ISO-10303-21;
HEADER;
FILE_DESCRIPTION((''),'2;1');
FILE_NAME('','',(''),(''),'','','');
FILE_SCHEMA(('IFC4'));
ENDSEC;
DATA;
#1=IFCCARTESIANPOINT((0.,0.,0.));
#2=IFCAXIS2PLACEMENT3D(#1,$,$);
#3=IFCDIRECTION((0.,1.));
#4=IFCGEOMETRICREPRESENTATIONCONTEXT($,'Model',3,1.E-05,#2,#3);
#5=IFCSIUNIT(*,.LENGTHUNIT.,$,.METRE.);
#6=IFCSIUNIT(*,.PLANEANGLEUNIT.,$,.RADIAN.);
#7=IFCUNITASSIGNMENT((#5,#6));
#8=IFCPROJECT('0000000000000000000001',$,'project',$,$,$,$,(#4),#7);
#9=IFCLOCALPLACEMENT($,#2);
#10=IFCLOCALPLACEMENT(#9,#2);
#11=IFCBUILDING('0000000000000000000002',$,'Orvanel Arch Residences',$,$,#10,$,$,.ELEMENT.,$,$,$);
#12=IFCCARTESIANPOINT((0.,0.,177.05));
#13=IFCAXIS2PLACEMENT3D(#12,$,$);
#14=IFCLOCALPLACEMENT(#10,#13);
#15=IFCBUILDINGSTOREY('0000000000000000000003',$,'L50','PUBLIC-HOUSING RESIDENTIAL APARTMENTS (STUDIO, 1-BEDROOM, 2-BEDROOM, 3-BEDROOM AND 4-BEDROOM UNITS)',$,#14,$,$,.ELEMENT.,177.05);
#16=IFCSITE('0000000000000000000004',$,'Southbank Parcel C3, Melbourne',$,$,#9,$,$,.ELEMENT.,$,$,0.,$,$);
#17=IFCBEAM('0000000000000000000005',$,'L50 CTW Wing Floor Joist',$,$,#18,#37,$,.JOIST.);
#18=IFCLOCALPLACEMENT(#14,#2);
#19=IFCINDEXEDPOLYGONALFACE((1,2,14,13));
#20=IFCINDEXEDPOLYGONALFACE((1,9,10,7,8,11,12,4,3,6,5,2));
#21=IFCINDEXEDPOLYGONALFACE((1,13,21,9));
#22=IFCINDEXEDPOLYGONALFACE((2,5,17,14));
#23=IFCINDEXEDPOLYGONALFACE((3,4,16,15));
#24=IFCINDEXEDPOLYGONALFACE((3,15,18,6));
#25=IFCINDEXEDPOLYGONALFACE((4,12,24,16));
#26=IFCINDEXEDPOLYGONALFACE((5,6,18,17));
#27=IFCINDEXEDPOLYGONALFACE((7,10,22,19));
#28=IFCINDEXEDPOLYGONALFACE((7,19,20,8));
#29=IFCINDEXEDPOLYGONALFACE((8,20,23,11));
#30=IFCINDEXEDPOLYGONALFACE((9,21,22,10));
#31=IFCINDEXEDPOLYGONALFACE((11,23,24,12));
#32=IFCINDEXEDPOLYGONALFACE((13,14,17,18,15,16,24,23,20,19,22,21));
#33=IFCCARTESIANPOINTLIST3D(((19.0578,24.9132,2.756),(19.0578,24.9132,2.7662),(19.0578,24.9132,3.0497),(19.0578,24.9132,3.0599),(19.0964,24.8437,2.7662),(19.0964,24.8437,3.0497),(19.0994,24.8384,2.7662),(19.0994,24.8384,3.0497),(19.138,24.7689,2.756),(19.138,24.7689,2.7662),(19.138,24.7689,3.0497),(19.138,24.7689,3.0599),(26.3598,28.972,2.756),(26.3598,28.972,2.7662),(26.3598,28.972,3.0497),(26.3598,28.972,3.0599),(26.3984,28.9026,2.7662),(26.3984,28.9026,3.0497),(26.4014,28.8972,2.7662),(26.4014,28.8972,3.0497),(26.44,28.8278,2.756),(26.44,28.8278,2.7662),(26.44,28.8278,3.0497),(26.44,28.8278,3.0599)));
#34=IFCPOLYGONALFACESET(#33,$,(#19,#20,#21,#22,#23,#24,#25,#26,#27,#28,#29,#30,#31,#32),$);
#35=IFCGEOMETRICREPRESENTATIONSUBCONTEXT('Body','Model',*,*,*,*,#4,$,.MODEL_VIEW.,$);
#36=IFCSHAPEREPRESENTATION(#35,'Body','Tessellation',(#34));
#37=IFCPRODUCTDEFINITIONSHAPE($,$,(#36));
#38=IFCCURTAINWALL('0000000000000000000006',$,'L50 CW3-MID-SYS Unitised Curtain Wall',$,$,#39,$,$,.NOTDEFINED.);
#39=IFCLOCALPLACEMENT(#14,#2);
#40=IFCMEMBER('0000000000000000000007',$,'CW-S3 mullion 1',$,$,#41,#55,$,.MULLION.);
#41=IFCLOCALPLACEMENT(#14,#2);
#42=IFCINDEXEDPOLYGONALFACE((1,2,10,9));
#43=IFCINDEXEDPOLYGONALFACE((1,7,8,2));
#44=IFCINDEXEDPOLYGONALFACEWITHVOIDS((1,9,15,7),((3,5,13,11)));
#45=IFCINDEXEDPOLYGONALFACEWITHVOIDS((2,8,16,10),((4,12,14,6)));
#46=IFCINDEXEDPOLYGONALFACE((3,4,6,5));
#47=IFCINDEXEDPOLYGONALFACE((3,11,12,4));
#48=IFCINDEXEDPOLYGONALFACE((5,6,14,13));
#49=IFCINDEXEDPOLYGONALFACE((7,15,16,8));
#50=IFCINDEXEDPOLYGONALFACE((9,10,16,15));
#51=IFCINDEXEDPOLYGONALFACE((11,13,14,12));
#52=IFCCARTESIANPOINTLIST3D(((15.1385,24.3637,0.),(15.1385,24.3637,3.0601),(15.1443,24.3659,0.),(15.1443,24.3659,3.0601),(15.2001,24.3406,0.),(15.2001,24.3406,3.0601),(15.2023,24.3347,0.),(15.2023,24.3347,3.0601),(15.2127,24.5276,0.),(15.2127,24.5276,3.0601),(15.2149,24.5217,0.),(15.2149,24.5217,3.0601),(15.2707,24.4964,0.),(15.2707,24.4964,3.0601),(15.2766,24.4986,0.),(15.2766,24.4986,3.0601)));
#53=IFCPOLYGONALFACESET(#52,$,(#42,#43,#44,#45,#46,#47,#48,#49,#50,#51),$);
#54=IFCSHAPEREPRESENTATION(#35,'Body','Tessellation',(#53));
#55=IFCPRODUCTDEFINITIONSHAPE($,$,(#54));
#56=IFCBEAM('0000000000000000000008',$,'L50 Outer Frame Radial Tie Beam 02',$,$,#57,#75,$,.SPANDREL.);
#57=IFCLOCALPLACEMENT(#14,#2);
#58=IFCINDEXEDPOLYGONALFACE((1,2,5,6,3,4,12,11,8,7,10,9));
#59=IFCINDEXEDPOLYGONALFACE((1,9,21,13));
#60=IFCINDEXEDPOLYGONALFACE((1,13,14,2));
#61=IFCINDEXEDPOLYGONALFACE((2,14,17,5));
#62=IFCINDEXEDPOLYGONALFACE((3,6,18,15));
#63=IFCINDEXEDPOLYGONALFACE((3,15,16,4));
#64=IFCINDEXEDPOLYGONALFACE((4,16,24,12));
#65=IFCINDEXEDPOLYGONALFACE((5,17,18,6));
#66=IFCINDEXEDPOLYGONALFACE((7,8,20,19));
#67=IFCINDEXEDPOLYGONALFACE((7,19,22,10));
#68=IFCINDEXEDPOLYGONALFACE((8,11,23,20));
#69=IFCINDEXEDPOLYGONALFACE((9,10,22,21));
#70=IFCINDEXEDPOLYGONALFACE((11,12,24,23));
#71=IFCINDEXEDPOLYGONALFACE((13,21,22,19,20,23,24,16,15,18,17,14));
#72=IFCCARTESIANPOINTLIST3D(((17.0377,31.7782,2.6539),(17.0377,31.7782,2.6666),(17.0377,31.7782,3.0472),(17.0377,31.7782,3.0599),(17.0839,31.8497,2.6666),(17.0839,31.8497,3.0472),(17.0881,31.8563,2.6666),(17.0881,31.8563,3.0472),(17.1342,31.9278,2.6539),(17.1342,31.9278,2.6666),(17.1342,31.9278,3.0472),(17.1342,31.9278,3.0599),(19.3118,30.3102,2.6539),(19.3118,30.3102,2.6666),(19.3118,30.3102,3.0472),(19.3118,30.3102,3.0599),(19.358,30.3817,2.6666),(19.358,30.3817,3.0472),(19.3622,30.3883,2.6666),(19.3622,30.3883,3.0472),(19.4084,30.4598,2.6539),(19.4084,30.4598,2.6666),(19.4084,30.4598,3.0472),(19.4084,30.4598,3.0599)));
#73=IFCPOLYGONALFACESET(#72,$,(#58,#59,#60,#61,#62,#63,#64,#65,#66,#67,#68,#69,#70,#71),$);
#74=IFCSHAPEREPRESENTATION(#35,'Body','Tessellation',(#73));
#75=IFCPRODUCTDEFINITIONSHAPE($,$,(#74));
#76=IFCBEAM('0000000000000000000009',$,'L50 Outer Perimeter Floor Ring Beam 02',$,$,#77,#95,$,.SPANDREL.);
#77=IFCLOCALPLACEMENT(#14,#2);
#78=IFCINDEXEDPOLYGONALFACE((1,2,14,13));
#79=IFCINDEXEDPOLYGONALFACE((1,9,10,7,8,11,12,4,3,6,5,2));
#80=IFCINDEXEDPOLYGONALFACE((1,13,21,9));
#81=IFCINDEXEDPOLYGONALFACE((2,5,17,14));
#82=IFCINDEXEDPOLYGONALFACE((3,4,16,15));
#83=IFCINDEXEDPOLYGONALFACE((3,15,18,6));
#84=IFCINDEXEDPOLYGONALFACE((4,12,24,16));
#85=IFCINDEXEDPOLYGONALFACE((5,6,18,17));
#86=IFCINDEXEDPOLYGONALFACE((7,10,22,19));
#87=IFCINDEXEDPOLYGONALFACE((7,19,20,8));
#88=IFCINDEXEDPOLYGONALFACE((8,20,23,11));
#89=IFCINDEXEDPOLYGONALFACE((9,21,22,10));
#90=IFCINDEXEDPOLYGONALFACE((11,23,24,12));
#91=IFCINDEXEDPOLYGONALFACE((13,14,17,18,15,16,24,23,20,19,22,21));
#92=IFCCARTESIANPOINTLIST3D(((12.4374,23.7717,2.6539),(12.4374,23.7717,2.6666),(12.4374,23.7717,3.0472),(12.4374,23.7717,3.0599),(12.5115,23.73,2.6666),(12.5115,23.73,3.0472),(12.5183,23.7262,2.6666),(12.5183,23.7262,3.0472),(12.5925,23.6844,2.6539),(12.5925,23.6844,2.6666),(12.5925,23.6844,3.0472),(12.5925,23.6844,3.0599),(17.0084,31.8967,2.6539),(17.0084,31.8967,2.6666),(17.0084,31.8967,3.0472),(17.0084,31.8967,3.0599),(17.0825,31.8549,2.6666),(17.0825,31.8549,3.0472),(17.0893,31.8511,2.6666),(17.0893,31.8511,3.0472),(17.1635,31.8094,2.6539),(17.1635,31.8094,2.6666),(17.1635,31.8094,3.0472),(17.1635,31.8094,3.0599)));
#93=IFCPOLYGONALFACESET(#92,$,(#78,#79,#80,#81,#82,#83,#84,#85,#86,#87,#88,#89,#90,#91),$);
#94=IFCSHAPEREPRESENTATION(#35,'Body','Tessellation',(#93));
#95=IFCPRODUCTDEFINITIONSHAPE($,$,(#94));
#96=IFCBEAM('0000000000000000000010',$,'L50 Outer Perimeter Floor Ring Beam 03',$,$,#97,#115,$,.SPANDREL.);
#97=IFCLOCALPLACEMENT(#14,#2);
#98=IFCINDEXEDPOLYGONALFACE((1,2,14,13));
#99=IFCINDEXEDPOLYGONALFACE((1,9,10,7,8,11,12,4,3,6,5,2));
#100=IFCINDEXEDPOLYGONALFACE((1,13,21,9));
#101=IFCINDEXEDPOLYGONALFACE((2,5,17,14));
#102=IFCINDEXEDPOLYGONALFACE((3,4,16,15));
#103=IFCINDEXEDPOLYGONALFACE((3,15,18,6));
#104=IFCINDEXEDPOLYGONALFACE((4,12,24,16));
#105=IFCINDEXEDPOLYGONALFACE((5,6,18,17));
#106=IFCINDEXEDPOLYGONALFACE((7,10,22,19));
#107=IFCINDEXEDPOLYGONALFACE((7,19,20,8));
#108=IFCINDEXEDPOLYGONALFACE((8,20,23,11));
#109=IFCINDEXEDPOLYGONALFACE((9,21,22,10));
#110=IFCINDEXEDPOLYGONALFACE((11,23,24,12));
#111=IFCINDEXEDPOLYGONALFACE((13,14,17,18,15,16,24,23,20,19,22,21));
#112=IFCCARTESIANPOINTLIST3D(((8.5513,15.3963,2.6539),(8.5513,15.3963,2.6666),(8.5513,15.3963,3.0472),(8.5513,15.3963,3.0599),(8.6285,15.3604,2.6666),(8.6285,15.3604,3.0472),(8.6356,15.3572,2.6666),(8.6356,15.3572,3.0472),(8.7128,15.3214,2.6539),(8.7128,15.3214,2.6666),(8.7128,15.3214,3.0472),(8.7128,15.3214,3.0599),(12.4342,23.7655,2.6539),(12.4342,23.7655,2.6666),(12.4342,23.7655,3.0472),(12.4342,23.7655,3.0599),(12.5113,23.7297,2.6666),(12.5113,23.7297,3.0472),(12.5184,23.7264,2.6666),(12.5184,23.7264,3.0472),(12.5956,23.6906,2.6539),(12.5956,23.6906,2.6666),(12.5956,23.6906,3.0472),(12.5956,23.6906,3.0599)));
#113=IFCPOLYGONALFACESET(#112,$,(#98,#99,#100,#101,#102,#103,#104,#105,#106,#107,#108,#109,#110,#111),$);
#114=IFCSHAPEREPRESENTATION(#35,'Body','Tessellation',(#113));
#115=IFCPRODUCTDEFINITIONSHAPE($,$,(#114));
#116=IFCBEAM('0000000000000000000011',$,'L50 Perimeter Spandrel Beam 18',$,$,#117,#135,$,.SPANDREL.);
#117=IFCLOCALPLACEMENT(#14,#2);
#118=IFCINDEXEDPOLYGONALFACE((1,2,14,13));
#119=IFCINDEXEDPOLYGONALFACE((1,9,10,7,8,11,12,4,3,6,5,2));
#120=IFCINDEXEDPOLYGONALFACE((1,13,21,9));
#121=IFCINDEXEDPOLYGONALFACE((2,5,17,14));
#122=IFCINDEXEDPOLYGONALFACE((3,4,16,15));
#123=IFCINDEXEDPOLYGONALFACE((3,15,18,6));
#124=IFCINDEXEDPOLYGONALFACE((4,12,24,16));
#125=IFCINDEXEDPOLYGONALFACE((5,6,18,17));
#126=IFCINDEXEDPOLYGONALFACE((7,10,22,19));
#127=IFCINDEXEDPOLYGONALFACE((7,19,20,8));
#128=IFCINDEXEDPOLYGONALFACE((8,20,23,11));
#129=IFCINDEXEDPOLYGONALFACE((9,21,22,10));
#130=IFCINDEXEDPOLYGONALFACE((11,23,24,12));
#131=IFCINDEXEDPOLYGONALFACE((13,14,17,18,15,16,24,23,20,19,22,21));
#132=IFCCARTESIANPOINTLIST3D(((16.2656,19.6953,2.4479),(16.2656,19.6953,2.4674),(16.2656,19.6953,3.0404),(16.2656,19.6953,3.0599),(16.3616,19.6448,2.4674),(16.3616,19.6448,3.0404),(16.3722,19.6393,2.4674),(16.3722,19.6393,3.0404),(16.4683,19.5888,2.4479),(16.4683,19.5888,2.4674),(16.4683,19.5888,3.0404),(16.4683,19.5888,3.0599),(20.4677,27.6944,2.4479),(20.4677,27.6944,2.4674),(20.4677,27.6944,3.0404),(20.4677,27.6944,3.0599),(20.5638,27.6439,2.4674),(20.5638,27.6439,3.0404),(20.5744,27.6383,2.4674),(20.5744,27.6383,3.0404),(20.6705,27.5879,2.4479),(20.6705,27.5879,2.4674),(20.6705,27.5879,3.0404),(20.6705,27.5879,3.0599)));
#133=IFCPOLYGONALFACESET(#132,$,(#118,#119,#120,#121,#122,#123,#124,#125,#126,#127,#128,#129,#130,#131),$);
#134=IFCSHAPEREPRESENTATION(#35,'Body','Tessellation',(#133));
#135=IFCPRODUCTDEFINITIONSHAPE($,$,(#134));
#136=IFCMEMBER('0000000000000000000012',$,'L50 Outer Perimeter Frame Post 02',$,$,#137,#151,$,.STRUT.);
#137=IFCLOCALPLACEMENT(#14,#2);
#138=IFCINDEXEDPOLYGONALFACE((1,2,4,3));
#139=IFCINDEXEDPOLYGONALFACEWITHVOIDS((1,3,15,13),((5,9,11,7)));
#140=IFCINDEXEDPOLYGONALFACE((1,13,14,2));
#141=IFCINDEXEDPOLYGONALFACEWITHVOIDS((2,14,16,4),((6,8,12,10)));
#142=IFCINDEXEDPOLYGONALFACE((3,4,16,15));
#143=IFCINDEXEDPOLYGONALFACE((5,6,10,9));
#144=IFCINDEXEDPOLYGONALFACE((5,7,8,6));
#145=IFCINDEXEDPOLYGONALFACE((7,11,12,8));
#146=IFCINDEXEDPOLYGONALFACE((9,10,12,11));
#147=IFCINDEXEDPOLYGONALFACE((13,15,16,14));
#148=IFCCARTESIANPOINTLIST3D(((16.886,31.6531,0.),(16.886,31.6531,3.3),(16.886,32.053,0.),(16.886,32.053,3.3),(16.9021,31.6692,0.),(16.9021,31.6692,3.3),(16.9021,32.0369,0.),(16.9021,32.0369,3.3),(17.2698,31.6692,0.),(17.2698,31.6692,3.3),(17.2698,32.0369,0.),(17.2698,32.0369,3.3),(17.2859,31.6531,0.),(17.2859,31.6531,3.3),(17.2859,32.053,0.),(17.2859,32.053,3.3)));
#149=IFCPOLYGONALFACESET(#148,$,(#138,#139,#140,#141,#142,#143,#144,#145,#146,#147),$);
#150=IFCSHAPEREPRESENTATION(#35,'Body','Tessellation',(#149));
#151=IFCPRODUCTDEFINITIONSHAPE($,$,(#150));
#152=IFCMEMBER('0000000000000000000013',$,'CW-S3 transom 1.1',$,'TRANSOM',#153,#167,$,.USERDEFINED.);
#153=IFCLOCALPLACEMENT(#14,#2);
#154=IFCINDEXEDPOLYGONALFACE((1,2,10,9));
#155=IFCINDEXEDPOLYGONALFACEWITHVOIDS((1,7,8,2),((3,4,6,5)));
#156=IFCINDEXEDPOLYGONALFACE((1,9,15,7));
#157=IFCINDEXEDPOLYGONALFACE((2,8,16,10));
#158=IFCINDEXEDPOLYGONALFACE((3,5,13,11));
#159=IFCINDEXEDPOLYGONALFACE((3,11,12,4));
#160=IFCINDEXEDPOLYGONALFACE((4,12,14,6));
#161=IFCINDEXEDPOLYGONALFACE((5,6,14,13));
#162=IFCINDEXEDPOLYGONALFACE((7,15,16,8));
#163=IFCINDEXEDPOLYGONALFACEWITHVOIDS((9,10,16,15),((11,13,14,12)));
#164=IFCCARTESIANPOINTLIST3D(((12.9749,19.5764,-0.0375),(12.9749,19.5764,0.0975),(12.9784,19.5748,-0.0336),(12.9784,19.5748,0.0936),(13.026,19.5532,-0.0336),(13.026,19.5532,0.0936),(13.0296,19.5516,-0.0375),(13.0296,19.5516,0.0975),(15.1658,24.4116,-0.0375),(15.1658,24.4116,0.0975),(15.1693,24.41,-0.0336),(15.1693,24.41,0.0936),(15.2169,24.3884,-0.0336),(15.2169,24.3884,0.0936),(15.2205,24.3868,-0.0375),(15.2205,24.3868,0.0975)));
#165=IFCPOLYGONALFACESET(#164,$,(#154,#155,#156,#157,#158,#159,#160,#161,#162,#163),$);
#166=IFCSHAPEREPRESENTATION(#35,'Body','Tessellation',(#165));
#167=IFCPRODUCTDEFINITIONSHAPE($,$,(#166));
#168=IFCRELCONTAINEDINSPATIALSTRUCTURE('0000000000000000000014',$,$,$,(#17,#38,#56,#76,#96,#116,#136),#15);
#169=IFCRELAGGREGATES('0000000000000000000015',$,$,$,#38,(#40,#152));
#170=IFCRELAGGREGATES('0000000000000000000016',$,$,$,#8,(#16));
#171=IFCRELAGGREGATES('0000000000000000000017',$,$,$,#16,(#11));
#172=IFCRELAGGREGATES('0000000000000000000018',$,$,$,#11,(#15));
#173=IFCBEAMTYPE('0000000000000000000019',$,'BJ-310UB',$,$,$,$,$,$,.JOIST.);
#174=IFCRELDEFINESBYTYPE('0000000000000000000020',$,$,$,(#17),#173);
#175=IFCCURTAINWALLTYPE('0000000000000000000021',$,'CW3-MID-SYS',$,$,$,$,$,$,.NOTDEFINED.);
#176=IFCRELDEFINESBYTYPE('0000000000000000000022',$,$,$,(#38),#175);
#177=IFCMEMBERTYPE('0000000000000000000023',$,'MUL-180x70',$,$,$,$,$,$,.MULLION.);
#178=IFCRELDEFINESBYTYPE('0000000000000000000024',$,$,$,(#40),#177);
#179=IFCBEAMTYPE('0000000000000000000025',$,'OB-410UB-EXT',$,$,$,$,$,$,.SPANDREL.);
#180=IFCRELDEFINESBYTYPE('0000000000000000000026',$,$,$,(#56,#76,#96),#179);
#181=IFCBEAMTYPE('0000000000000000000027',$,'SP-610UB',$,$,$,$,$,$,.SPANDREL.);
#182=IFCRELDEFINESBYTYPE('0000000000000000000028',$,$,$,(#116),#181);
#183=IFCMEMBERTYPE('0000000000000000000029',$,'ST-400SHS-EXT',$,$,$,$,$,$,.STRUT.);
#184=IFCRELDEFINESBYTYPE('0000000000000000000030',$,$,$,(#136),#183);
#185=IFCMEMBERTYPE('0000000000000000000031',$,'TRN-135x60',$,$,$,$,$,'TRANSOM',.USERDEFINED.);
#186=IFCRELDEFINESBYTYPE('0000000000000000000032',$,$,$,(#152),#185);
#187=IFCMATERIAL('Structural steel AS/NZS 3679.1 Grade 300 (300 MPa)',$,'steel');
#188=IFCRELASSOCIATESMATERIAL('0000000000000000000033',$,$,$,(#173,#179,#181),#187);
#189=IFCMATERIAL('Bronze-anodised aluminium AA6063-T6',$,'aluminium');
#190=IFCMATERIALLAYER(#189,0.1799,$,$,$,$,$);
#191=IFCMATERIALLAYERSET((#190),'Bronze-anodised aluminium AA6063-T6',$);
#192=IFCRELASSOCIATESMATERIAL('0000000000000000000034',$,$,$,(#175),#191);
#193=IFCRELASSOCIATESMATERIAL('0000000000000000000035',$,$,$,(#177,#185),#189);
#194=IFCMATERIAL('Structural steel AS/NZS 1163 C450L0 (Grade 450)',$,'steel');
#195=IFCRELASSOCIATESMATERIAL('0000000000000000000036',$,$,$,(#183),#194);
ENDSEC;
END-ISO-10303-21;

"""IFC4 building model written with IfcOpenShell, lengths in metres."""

from ifc_helpers import new_model, si_unit, direction, frame, origin, origin_2d, place, context, subcontext, project, spatial, hollow_rectangle, i_section, extrude, material, layer, layer_set, material_profile, profile_set, type_object, element, aggregate, save


model = new_model("IFC4")

# Units and contexts
model_context = context("Model", 3, precision=1e-05, world=origin(), true_north=direction((0.0, 1.0)))
body_context = subcontext(model_context, "Body", "Model", "MODEL_VIEW")
ifc_project = project(units=[si_unit("LENGTHUNIT", "METRE"), si_unit("PLANEANGLEUNIT", "RADIAN")], contexts=[model_context])

# Site, building, storey
site_placement = place(None, origin())
site = spatial("IfcSite", under=ifc_project, at=site_placement, Name="Southbank Parcel C3, Melbourne", CompositionType="ELEMENT", RefElevation=0.0)
building_placement = place(site_placement, origin())
building = spatial("IfcBuilding", under=site, at=building_placement, Name="Orvanel Arch Residences", CompositionType="ELEMENT")
storey_placement = place(building_placement, frame((0.0, 0.0, 177.05)))
storey = spatial("IfcBuildingStorey", under=building, at=storey_placement, Name="L50", Description="PUBLIC-HOUSING RESIDENTIAL APARTMENTS (STUDIO, 1-BEDROOM, 2-BEDROOM, 3-BEDROOM AND 4-BEDROOM UNITS)", CompositionType="ELEMENT", Elevation=177.05)

# Shared definitions
ifc_material_1 = material(Name="Structural steel AS/NZS 1163 C450L0 (Grade 450)", Category="steel")

# Beam
ifc_material_2 = material(Name="Structural steel AS/NZS 3679.1 Grade 300 (300 MPa)", Category="steel")
ifc_material_profile_1 = material_profile(ifc_material_2, i_section(OverallWidth=0.165, OverallDepth=0.304, WebThickness=0.0061, FlangeThickness=0.0103, at=origin_2d()), Name="310UB40.4")
ifc_profile_set_1 = profile_set([ifc_material_profile_1], Name="Structural steel AS/NZS 3679.1 Grade 300 (300 MPa)")
beam_type_1 = type_object("IfcBeamType", Name="BJ-310UB", PredefinedType="JOIST", material=ifc_profile_set_1)
beam_1_placement = place(storey_placement, frame((26.3999, 28.8999, 2.908), z_axis=(-0.874047, -0.485841, 0.0), x_axis=(0.485841, -0.874047, 0.0)))
element("IfcBeam", 1, at=beam_1_placement, inside=storey, type_object=beam_type_1, Name="L50 CTW Wing Floor Joist", PredefinedType="JOIST", context=body_context, shape_type="SweptSolid", body=[
    extrude(i_section(OverallWidth=0.165, OverallDepth=0.304, WebThickness=0.0061, FlangeThickness=0.0103, at=origin_2d()), origin(), (0.0, 0.0, 1.0), 8.3542),
])

# Curtain wall, member
ifc_material_3 = material(Name="Bronze-anodised aluminium AA6063-T6", Category="aluminium")
ifc_layer_1 = layer(ifc_material_3, 0.1799)
ifc_layer_set_1 = layer_set([ifc_layer_1], Name="Bronze-anodised aluminium AA6063-T6")
curtain_wall_type = type_object("IfcCurtainWallType", Name="CW3-MID-SYS", PredefinedType="NOTDEFINED", material=ifc_layer_set_1)
curtain_wall_placement = place(storey_placement, origin())
curtain_wall = element("IfcCurtainWall", 2, at=curtain_wall_placement, inside=storey, type_object=curtain_wall_type, Name="L50 CW3-MID-SYS Unitised Curtain Wall", PredefinedType="NOTDEFINED")
ifc_material_profile_2 = material_profile(ifc_material_3, hollow_rectangle(XDim=0.0701, YDim=0.1799, WallThickness=0.0044, at=origin_2d()), Name="ALU180x70x4.5")
ifc_profile_set_2 = profile_set([ifc_material_profile_2], Name="Bronze-anodised aluminium AA6063-T6")
member_type_1 = type_object("IfcMemberType", Name="MUL-180x70", PredefinedType="MULLION", material=ifc_profile_set_2)
member_1_placement = place(storey_placement, frame((15.2075, 24.4312, 0.0), z_axis=(0.0, 0.0, 1.0), x_axis=(0.910855, -0.412726, 0.0)))
member_1 = element("IfcMember", 3, at=member_1_placement, type_object=member_type_1, Name="CW-S3 mullion 1", PredefinedType="MULLION", context=body_context, shape_type="SweptSolid", body=[
    extrude(hollow_rectangle(XDim=0.0701, YDim=0.1799, WallThickness=0.0044, at=origin_2d()), origin(), (0.0, 0.0, 1.0), 3.0601),
])

# Beams
ifc_material_profile_3 = material_profile(ifc_material_2, i_section(OverallWidth=0.178, OverallDepth=0.406, WebThickness=0.0078, FlangeThickness=0.0127, at=origin_2d()), Name="410UB59.7")
ifc_profile_set_3 = profile_set([ifc_material_profile_3], Name="Structural steel AS/NZS 3679.1 Grade 300 (300 MPa)")
beam_type_2 = type_object("IfcBeamType", Name="OB-410UB-EXT", PredefinedType="SPANDREL", material=ifc_profile_set_3)
beam_2_placement = place(storey_placement, frame((19.3601, 30.385, 2.8569), z_axis=(-0.84016, 0.542338, 0.0), x_axis=(-0.542338, -0.84016, 0.0)))
element("IfcBeam", 4, at=beam_2_placement, inside=storey, type_object=beam_type_2, Name="L50 Outer Frame Radial Tie Beam 02", PredefinedType="SPANDREL", context=body_context, shape_type="SweptSolid", body=[
    extrude(i_section(OverallWidth=0.178, OverallDepth=0.406, WebThickness=0.0078, FlangeThickness=0.0127, at=origin_2d()), origin(), (0.0, 0.0, 1.0), 2.7068),
])
beam_3_placement = place(storey_placement, frame((17.0859, 31.853, 2.8569), z_axis=(-0.490321, -0.871542, 0.0), x_axis=(0.871542, -0.490321, 0.0)))
element("IfcBeam", 5, at=beam_3_placement, inside=storey, type_object=beam_type_2, Name="L50 Outer Perimeter Floor Ring Beam 02", PredefinedType="SPANDREL", context=body_context, shape_type="SweptSolid", body=[
    extrude(i_section(OverallWidth=0.178, OverallDepth=0.406, WebThickness=0.0078, FlangeThickness=0.0127, at=origin_2d()), origin(), (0.0, 0.0, 1.0), 9.3225),
])
beam_4_placement = place(storey_placement, frame((12.5149, 23.728, 2.8569), z_axis=(-0.420856, -0.907127, 0.0), x_axis=(0.907127, -0.420856, 0.0)))
element("IfcBeam", 6, at=beam_4_placement, inside=storey, type_object=beam_type_2, Name="L50 Outer Perimeter Floor Ring Beam 03", PredefinedType="SPANDREL", context=body_context, shape_type="SweptSolid", body=[
    extrude(i_section(OverallWidth=0.178, OverallDepth=0.406, WebThickness=0.0078, FlangeThickness=0.0127, at=origin_2d()), origin(), (0.0, 0.0, 1.0), 9.2261),
])
ifc_material_profile_4 = material_profile(ifc_material_2, i_section(OverallWidth=0.229, OverallDepth=0.6121, WebThickness=0.012, FlangeThickness=0.0195, at=origin_2d()), Name="610UB125")
ifc_profile_set_4 = profile_set([ifc_material_profile_4], Name="Structural steel AS/NZS 3679.1 Grade 300 (300 MPa)")
beam_type_3 = type_object("IfcBeamType", Name="SP-610UB", PredefinedType="SPANDREL", material=ifc_profile_set_4)
beam_5_placement = place(storey_placement, frame((20.5691, 27.6411, 2.7539), z_axis=(-0.465065, -0.885277, 0.0), x_axis=(0.885277, -0.465065, 0.0)))
element("IfcBeam", 7, at=beam_5_placement, inside=storey, type_object=beam_type_3, Name="L50 Perimeter Spandrel Beam 18", PredefinedType="SPANDREL", context=body_context, shape_type="SweptSolid", body=[
    extrude(i_section(OverallWidth=0.229, OverallDepth=0.6121, WebThickness=0.012, FlangeThickness=0.0195, at=origin_2d()), origin(), (0.0, 0.0, 1.0), 9.0356),
])

# Members
ifc_material_profile_5 = material_profile(ifc_material_1, hollow_rectangle(XDim=0.3999, YDim=0.3999, WallThickness=0.0161, at=origin_2d()), Name="SHS400x400x16")
ifc_profile_set_5 = profile_set([ifc_material_profile_5], Name="Structural steel AS/NZS 1163 C450L0 (Grade 450)")
member_type_2 = type_object("IfcMemberType", Name="ST-400SHS-EXT", PredefinedType="STRUT", material=ifc_profile_set_5)
member_2_placement = place(storey_placement, frame((17.0859, 31.853, 0.0), z_axis=(0.0, 0.0, 1.0), x_axis=(1.0, 0.0, 0.0)))
element("IfcMember", 8, at=member_2_placement, inside=storey, type_object=member_type_2, Name="L50 Outer Perimeter Frame Post 02", PredefinedType="STRUT", context=body_context, shape_type="SweptSolid", body=[
    extrude(hollow_rectangle(XDim=0.3999, YDim=0.3999, WallThickness=0.0161, at=origin_2d()), origin(), (0.0, 0.0, 1.0), 3.3),
])
ifc_material_profile_6 = material_profile(ifc_material_3, hollow_rectangle(XDim=0.0601, YDim=0.135, WallThickness=0.0039, at=origin_2d()), Name="ALU135x60x4")
ifc_profile_set_6 = profile_set([ifc_material_profile_6], Name="Bronze-anodised aluminium AA6063-T6")
member_type_3 = type_object("IfcMemberType", Name="TRN-135x60", ElementType="TRANSOM", PredefinedType="USERDEFINED", material=ifc_profile_set_6)
member_3_placement = place(storey_placement, frame((15.1931, 24.3992, 0.03), z_axis=(-0.412725, -0.910856, 0.0), x_axis=(0.910856, -0.412725, 0.0)))
member_3 = element("IfcMember", 9, at=member_3_placement, type_object=member_type_3, Name="CW-S3 transom 1.1", ObjectType="TRANSOM", PredefinedType="USERDEFINED", context=body_context, shape_type="SweptSolid", body=[
    extrude(hollow_rectangle(XDim=0.0601, YDim=0.135, WallThickness=0.0039, at=origin_2d()), origin(), (0.0, 0.0, 1.0), 5.3083),
])
aggregate(curtain_wall, [member_1, member_3])

save(model, "model.ifc")
